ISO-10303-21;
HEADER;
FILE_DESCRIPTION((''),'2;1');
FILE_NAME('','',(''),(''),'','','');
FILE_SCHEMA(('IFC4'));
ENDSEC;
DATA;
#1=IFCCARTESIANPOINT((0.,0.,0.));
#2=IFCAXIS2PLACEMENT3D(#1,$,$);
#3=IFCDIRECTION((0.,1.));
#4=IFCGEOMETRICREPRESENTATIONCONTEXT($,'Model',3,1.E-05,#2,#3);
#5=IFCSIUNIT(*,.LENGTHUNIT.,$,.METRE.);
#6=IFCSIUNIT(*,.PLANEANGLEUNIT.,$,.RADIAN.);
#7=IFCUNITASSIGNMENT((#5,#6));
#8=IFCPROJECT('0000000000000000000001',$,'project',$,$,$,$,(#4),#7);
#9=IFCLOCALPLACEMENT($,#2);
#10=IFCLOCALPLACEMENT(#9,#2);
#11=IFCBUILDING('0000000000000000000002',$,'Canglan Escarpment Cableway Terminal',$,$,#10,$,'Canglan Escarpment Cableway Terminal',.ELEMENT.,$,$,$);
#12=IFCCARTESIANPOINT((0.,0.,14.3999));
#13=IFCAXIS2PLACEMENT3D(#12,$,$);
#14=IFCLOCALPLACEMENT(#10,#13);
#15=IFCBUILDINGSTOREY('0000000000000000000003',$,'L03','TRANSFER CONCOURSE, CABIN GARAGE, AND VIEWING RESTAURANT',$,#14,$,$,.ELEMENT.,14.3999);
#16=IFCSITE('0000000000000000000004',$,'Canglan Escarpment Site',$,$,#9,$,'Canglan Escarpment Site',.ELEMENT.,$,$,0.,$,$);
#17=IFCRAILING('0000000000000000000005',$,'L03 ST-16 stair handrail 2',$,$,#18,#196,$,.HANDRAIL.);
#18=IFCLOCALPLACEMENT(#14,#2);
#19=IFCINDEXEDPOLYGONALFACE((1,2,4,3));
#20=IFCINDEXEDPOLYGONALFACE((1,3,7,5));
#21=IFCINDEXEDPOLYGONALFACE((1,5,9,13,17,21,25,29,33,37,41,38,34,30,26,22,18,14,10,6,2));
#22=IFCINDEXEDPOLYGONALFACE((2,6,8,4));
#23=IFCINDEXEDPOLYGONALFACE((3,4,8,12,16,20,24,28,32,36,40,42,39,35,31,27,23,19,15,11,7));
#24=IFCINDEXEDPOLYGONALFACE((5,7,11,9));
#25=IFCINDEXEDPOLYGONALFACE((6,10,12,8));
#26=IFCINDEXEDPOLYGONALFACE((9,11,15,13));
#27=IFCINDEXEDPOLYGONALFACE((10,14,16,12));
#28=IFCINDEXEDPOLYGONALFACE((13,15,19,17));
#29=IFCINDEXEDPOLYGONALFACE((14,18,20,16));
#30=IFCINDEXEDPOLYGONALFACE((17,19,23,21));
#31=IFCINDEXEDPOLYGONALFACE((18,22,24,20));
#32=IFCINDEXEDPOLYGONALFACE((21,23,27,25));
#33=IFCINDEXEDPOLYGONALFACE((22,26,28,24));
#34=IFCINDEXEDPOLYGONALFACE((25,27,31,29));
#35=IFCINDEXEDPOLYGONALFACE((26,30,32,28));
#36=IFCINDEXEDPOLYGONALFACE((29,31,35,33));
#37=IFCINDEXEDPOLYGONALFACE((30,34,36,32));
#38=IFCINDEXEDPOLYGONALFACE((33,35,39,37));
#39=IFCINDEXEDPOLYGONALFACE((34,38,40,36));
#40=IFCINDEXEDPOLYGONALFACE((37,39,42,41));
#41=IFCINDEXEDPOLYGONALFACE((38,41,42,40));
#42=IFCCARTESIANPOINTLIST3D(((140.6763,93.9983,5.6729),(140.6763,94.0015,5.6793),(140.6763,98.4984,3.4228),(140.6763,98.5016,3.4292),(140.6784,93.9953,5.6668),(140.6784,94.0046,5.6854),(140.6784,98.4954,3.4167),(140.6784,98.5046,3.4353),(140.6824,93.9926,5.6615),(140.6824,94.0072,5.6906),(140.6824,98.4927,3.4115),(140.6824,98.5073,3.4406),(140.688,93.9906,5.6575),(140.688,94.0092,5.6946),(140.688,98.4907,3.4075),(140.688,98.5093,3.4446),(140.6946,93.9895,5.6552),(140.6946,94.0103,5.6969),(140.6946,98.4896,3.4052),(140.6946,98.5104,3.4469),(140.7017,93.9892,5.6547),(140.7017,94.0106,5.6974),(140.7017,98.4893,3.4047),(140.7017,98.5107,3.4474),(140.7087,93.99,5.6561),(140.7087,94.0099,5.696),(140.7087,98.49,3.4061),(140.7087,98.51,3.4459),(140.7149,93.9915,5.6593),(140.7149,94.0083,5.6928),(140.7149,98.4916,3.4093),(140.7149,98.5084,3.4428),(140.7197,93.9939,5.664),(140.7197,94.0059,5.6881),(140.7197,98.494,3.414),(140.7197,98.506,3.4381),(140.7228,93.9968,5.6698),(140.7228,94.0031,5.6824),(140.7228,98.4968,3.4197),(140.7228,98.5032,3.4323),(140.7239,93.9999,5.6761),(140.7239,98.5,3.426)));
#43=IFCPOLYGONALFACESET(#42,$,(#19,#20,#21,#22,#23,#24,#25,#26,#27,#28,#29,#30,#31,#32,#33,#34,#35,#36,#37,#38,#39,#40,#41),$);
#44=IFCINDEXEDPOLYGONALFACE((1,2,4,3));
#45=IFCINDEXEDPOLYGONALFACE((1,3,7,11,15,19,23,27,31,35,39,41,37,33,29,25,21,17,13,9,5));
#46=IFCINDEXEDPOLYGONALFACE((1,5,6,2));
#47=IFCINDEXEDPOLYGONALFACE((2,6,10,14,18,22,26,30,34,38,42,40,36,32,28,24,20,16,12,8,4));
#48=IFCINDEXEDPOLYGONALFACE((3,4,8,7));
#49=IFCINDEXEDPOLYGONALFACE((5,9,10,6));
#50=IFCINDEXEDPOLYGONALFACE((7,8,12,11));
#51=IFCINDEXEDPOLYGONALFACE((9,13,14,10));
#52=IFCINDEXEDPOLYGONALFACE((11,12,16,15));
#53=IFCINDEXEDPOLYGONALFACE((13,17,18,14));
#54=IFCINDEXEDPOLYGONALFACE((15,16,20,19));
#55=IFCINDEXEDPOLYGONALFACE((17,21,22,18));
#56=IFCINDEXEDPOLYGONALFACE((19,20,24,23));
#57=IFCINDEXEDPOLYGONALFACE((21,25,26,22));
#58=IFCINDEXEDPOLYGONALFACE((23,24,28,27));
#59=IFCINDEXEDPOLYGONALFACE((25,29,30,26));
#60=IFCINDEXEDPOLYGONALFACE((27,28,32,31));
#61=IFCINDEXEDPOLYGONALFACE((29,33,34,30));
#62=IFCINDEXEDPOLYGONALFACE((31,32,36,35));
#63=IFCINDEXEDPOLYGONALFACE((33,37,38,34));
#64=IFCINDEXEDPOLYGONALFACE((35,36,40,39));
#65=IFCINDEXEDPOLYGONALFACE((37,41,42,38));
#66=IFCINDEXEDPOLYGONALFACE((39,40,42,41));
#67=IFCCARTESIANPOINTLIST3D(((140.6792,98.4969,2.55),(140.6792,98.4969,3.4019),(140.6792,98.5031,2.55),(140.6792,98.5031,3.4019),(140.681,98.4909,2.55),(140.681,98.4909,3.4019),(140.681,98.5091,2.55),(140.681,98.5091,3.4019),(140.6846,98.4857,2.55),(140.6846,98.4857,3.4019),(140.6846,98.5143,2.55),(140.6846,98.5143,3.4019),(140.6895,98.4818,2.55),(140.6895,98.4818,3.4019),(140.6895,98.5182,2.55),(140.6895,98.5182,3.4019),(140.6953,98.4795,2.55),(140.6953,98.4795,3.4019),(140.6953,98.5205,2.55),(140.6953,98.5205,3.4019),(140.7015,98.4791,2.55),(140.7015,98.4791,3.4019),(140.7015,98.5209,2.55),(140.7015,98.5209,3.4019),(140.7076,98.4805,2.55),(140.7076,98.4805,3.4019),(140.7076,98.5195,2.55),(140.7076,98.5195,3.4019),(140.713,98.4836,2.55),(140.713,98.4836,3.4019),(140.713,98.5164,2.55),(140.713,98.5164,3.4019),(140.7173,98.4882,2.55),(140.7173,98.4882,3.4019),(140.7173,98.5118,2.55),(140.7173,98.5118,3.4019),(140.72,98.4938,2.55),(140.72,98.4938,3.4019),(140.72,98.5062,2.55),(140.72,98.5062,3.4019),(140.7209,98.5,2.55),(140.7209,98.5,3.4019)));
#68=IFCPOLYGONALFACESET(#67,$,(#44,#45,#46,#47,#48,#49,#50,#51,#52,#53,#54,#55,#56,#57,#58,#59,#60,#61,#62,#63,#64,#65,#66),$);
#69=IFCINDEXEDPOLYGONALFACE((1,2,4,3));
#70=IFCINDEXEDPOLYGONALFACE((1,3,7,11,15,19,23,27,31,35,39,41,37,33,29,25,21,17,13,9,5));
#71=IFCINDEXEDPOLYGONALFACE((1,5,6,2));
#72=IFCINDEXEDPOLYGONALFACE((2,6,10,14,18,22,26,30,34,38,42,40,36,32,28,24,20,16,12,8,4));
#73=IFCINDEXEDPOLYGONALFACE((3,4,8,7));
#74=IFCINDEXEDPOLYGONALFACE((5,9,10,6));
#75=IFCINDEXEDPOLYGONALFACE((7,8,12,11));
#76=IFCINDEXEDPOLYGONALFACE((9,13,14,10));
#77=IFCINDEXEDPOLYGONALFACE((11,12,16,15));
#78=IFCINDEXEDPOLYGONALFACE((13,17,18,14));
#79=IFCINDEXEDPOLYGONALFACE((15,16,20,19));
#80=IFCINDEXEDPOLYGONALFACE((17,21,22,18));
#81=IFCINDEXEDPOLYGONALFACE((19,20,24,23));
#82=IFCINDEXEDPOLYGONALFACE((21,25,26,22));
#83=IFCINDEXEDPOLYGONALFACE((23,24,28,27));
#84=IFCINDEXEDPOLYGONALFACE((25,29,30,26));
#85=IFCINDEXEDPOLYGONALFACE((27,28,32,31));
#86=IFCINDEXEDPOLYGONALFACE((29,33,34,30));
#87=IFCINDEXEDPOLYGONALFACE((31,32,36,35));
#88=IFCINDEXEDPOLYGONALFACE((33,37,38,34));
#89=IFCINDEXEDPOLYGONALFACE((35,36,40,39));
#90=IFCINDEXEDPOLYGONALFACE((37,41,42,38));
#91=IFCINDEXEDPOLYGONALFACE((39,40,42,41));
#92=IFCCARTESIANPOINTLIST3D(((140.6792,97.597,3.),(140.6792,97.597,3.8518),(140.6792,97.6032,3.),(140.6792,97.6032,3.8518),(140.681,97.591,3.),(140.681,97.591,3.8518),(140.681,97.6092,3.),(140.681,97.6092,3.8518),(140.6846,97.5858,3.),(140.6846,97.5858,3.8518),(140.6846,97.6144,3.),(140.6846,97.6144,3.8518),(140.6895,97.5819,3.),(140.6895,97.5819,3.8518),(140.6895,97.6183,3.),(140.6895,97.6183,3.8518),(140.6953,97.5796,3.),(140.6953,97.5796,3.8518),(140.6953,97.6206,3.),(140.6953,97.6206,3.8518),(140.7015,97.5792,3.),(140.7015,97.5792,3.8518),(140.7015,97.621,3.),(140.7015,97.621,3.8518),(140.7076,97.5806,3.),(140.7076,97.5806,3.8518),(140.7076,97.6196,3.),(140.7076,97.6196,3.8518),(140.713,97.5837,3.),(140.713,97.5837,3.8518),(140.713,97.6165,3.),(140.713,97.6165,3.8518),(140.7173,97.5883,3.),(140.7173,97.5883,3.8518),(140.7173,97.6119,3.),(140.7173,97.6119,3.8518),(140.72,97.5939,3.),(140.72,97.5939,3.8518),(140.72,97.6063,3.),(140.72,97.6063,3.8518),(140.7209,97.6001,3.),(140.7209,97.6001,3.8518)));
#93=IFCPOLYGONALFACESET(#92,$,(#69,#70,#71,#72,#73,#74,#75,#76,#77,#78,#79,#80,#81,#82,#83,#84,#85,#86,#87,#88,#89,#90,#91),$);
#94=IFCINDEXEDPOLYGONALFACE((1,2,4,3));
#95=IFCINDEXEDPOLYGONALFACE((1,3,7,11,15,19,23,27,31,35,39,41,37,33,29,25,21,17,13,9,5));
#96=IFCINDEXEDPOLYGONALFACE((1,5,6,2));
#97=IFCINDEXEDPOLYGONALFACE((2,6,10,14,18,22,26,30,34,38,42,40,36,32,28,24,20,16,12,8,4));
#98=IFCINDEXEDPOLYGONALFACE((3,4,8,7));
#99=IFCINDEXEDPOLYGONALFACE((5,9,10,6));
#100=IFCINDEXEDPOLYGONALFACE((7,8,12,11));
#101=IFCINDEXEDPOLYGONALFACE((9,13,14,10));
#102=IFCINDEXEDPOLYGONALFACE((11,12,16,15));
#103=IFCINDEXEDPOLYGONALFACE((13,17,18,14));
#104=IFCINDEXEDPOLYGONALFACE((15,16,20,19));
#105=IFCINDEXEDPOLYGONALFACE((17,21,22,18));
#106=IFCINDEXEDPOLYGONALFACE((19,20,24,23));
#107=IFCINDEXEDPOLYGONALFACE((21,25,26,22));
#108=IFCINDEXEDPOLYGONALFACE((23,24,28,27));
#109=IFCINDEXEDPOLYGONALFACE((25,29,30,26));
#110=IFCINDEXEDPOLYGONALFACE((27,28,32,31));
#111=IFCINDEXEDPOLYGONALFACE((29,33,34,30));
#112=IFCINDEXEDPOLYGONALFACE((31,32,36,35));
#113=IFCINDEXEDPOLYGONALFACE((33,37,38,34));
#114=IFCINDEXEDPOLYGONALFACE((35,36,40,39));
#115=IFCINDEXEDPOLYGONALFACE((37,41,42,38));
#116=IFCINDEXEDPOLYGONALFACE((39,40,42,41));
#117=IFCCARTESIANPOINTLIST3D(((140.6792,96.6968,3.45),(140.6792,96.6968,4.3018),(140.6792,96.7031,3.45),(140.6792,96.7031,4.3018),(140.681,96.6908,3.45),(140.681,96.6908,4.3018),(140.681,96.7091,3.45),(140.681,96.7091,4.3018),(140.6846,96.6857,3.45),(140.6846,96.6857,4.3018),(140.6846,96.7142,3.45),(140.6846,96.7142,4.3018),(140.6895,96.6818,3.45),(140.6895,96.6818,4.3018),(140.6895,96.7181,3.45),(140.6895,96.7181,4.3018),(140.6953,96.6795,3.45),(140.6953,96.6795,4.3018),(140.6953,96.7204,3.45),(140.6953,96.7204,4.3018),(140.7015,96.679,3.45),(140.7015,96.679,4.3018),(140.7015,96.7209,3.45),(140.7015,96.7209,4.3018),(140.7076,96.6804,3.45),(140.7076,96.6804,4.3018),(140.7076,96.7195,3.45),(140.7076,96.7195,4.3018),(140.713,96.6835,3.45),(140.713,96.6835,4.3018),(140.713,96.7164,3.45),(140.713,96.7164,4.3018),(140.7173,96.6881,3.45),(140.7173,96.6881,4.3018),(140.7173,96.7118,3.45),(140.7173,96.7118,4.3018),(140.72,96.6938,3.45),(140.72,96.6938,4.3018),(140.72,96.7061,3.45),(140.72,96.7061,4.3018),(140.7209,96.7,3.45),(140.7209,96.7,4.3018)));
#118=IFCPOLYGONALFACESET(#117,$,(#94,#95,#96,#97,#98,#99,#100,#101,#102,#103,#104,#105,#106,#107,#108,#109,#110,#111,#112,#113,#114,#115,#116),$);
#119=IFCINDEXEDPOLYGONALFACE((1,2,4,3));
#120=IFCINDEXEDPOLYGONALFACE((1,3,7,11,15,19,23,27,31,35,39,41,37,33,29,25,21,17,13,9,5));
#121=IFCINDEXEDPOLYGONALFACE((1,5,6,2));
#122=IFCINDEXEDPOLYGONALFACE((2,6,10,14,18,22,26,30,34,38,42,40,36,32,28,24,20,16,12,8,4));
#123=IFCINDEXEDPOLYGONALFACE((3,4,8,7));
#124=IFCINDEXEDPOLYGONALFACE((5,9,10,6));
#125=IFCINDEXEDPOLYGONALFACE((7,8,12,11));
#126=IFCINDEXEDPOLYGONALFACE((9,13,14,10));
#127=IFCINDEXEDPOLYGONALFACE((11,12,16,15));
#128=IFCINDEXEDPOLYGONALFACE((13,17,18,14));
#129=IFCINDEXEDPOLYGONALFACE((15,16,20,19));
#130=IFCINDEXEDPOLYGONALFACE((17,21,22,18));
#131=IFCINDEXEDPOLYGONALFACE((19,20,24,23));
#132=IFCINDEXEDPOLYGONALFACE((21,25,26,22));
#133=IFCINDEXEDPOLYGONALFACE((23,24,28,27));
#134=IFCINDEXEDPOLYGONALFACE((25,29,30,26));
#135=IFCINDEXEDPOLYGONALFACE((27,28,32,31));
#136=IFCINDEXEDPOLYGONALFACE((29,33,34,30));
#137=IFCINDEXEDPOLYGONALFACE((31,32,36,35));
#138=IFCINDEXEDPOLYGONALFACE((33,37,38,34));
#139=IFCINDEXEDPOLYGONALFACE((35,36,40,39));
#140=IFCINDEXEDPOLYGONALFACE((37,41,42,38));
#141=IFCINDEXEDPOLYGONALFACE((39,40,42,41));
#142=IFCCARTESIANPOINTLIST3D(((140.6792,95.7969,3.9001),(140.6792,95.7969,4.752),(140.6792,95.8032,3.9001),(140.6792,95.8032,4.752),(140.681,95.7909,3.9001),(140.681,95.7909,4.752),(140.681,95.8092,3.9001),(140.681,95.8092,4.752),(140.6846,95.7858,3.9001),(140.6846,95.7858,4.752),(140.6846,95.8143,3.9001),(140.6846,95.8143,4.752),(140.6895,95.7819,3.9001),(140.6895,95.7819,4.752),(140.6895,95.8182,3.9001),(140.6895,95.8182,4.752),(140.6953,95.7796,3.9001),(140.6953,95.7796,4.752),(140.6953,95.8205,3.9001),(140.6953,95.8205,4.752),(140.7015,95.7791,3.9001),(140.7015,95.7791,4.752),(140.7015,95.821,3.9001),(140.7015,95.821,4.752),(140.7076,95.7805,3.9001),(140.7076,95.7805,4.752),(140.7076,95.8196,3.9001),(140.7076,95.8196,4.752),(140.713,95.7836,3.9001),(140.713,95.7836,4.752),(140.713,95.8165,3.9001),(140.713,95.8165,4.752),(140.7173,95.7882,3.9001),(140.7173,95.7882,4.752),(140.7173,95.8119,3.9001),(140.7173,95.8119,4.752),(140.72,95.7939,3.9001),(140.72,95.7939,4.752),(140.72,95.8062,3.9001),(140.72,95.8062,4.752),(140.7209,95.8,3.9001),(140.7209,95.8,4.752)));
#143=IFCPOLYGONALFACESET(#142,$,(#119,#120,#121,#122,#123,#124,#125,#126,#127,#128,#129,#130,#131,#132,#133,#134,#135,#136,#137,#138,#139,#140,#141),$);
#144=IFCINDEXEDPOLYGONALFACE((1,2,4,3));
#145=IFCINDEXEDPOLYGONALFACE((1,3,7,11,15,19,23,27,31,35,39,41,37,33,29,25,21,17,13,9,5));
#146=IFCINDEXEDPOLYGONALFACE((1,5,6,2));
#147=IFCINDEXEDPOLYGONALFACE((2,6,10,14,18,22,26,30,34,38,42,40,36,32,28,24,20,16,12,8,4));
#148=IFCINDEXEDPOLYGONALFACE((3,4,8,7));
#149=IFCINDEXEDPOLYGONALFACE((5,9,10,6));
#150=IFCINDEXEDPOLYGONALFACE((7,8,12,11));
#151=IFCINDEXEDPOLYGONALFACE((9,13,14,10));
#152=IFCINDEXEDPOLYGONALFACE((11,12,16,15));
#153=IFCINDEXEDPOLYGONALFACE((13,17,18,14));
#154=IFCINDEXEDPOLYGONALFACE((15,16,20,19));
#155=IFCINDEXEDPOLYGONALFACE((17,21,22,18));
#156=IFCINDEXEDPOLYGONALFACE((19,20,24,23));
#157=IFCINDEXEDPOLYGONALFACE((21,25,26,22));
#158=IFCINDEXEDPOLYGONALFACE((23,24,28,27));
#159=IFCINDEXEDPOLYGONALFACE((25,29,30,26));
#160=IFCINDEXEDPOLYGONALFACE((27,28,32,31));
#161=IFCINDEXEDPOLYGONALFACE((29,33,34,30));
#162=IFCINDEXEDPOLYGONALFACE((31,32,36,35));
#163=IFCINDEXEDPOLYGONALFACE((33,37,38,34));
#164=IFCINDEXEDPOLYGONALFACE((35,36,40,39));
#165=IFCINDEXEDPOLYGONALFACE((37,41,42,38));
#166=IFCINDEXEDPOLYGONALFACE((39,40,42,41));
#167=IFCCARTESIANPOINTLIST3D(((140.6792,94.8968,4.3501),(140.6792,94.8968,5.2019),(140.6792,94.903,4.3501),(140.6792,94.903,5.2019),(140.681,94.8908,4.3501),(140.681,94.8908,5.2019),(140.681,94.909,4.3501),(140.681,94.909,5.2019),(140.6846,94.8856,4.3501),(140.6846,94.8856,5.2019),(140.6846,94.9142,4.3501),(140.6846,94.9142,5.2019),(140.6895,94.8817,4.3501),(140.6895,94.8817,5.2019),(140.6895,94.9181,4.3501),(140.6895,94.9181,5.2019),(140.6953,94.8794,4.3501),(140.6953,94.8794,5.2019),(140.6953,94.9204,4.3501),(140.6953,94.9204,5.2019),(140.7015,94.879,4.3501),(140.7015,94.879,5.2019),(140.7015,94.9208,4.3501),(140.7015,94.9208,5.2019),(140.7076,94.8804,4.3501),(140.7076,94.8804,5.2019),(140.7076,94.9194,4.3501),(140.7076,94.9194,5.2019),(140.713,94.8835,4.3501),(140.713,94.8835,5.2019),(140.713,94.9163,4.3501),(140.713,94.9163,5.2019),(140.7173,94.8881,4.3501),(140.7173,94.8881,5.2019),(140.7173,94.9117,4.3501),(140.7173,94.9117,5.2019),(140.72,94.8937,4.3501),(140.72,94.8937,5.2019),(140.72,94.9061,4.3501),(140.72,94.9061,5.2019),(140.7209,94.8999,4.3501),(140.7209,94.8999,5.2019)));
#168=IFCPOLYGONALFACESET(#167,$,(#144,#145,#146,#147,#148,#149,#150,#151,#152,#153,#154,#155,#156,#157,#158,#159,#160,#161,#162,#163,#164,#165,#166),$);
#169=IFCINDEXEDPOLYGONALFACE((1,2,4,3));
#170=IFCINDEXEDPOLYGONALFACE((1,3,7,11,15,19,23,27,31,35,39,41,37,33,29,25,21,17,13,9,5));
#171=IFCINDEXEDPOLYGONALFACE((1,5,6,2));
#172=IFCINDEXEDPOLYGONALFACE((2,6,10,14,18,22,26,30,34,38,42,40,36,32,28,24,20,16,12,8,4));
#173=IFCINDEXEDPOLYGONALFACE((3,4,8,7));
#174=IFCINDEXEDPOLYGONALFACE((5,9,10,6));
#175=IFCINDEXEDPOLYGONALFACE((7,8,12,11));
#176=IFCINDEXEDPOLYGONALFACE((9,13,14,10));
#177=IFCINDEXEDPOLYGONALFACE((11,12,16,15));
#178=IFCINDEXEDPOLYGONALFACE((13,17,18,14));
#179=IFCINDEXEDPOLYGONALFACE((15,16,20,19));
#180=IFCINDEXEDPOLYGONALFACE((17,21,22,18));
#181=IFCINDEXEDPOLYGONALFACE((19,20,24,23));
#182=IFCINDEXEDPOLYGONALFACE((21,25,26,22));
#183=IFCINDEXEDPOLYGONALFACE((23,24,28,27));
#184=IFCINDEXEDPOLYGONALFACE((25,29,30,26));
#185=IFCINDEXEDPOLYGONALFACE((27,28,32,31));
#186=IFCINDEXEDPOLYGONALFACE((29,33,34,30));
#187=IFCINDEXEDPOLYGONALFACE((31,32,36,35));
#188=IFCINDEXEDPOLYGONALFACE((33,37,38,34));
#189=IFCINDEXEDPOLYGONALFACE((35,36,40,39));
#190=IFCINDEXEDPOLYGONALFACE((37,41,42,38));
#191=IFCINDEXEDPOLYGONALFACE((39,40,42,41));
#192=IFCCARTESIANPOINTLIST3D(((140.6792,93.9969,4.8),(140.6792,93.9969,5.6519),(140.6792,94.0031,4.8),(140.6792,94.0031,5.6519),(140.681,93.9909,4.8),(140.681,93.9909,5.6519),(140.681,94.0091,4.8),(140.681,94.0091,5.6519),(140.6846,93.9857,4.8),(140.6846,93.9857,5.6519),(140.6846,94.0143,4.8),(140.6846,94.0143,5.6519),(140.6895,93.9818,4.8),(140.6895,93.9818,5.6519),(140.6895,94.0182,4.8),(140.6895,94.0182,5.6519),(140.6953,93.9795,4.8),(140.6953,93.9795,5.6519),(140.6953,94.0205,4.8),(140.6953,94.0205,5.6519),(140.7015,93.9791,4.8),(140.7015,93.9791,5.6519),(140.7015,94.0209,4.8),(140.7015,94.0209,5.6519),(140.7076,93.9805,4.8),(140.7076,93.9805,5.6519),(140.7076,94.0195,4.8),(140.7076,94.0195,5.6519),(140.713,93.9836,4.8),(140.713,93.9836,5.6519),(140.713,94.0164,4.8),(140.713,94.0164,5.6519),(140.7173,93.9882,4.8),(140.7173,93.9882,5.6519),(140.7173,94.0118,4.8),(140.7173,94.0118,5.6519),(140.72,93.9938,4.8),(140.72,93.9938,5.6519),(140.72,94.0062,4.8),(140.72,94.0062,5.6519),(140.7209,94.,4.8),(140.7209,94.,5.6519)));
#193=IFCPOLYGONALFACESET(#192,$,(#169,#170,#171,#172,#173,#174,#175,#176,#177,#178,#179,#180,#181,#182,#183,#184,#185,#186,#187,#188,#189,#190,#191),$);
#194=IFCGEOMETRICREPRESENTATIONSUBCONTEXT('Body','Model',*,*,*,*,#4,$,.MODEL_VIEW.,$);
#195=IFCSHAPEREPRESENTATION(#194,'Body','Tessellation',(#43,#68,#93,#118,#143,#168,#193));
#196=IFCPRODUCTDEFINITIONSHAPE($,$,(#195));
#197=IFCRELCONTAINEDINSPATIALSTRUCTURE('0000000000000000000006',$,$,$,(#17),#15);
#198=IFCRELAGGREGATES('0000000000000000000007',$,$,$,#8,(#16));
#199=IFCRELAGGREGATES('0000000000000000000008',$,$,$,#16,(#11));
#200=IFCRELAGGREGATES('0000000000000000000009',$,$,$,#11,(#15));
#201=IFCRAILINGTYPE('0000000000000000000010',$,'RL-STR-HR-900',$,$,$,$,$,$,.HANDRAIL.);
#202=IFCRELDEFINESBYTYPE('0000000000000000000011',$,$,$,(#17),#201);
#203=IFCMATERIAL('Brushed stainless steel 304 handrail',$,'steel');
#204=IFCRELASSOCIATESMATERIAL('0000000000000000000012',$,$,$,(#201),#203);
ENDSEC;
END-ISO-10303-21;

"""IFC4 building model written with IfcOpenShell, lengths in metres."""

from ifc_helpers import new_model, si_unit, direction, frame, origin, origin_2d, place, context, subcontext, project, spatial, circle, extrude, material, type_object, element, save


model = new_model("IFC4")

# Units and contexts
model_context = context("Model", 3, precision=1e-05, world=origin(), true_north=direction((0.0, 1.0)))
body_context = subcontext(model_context, "Body", "Model", "MODEL_VIEW")
ifc_project = project(units=[si_unit("LENGTHUNIT", "METRE"), si_unit("PLANEANGLEUNIT", "RADIAN")], contexts=[model_context])

# Site, building, storey
site_placement = place(None, origin())
site = spatial("IfcSite", under=ifc_project, at=site_placement, Name="Canglan Escarpment Site", LongName="Canglan Escarpment Site", CompositionType="ELEMENT", RefElevation=0.0)
building_placement = place(site_placement, origin())
building = spatial("IfcBuilding", under=site, at=building_placement, Name="Canglan Escarpment Cableway Terminal", LongName="Canglan Escarpment Cableway Terminal", CompositionType="ELEMENT")
storey_placement = place(building_placement, frame((0.0, 0.0, 14.3999)))
storey = spatial("IfcBuildingStorey", under=building, at=storey_placement, Name="L03", Description="TRANSFER CONCOURSE, CABIN GARAGE, AND VIEWING RESTAURANT", CompositionType="ELEMENT", Elevation=14.3999)

# Railing
ifc_material_1 = material(Name="Brushed stainless steel 304 handrail", Category="steel")
railing_type_1 = type_object("IfcRailingType", Name="RL-STR-HR-900", PredefinedType="HANDRAIL", material=ifc_material_1)
railing_1_placement = place(storey_placement, frame((140.7, 98.5, 2.55)))
element("IfcRailing", 1, at=railing_1_placement, inside=storey, type_object=railing_type_1, Name="L03 ST-16 stair handrail 2", PredefinedType="HANDRAIL", context=body_context, shape_type="SweptSolid", body=[
    extrude(circle(Radius=0.0239, at=origin_2d()), frame((0.0, 0.0, 0.876), z_axis=(0.0, -0.894427, 0.447214), x_axis=(1.0, 0.0, 0.0)), (0.0, 0.0, 1.0), 5.0312),
    extrude(circle(Radius=0.021, at=origin_2d()), origin(), (0.0, 0.0, 1.0), 0.8518),
    extrude(circle(Radius=0.021, at=origin_2d()), frame((0.0, -0.8999, 0.45)), (0.0, 0.0, 1.0), 0.8518),
    extrude(circle(Radius=0.021, at=origin_2d()), frame((0.0, -1.8, 0.8999)), (0.0, 0.0, 1.0), 0.8518),
    extrude(circle(Radius=0.021, at=origin_2d()), frame((0.0, -2.7, 1.3501)), (0.0, 0.0, 1.0), 0.8518),
    extrude(circle(Radius=0.021, at=origin_2d()), frame((0.0, -3.6001, 1.8)), (0.0, 0.0, 1.0), 0.8518),
    extrude(circle(Radius=0.021, at=origin_2d()), frame((0.0, -4.5, 2.25)), (0.0, 0.0, 1.0), 0.8518),
])

save(model, "model.ifc")
